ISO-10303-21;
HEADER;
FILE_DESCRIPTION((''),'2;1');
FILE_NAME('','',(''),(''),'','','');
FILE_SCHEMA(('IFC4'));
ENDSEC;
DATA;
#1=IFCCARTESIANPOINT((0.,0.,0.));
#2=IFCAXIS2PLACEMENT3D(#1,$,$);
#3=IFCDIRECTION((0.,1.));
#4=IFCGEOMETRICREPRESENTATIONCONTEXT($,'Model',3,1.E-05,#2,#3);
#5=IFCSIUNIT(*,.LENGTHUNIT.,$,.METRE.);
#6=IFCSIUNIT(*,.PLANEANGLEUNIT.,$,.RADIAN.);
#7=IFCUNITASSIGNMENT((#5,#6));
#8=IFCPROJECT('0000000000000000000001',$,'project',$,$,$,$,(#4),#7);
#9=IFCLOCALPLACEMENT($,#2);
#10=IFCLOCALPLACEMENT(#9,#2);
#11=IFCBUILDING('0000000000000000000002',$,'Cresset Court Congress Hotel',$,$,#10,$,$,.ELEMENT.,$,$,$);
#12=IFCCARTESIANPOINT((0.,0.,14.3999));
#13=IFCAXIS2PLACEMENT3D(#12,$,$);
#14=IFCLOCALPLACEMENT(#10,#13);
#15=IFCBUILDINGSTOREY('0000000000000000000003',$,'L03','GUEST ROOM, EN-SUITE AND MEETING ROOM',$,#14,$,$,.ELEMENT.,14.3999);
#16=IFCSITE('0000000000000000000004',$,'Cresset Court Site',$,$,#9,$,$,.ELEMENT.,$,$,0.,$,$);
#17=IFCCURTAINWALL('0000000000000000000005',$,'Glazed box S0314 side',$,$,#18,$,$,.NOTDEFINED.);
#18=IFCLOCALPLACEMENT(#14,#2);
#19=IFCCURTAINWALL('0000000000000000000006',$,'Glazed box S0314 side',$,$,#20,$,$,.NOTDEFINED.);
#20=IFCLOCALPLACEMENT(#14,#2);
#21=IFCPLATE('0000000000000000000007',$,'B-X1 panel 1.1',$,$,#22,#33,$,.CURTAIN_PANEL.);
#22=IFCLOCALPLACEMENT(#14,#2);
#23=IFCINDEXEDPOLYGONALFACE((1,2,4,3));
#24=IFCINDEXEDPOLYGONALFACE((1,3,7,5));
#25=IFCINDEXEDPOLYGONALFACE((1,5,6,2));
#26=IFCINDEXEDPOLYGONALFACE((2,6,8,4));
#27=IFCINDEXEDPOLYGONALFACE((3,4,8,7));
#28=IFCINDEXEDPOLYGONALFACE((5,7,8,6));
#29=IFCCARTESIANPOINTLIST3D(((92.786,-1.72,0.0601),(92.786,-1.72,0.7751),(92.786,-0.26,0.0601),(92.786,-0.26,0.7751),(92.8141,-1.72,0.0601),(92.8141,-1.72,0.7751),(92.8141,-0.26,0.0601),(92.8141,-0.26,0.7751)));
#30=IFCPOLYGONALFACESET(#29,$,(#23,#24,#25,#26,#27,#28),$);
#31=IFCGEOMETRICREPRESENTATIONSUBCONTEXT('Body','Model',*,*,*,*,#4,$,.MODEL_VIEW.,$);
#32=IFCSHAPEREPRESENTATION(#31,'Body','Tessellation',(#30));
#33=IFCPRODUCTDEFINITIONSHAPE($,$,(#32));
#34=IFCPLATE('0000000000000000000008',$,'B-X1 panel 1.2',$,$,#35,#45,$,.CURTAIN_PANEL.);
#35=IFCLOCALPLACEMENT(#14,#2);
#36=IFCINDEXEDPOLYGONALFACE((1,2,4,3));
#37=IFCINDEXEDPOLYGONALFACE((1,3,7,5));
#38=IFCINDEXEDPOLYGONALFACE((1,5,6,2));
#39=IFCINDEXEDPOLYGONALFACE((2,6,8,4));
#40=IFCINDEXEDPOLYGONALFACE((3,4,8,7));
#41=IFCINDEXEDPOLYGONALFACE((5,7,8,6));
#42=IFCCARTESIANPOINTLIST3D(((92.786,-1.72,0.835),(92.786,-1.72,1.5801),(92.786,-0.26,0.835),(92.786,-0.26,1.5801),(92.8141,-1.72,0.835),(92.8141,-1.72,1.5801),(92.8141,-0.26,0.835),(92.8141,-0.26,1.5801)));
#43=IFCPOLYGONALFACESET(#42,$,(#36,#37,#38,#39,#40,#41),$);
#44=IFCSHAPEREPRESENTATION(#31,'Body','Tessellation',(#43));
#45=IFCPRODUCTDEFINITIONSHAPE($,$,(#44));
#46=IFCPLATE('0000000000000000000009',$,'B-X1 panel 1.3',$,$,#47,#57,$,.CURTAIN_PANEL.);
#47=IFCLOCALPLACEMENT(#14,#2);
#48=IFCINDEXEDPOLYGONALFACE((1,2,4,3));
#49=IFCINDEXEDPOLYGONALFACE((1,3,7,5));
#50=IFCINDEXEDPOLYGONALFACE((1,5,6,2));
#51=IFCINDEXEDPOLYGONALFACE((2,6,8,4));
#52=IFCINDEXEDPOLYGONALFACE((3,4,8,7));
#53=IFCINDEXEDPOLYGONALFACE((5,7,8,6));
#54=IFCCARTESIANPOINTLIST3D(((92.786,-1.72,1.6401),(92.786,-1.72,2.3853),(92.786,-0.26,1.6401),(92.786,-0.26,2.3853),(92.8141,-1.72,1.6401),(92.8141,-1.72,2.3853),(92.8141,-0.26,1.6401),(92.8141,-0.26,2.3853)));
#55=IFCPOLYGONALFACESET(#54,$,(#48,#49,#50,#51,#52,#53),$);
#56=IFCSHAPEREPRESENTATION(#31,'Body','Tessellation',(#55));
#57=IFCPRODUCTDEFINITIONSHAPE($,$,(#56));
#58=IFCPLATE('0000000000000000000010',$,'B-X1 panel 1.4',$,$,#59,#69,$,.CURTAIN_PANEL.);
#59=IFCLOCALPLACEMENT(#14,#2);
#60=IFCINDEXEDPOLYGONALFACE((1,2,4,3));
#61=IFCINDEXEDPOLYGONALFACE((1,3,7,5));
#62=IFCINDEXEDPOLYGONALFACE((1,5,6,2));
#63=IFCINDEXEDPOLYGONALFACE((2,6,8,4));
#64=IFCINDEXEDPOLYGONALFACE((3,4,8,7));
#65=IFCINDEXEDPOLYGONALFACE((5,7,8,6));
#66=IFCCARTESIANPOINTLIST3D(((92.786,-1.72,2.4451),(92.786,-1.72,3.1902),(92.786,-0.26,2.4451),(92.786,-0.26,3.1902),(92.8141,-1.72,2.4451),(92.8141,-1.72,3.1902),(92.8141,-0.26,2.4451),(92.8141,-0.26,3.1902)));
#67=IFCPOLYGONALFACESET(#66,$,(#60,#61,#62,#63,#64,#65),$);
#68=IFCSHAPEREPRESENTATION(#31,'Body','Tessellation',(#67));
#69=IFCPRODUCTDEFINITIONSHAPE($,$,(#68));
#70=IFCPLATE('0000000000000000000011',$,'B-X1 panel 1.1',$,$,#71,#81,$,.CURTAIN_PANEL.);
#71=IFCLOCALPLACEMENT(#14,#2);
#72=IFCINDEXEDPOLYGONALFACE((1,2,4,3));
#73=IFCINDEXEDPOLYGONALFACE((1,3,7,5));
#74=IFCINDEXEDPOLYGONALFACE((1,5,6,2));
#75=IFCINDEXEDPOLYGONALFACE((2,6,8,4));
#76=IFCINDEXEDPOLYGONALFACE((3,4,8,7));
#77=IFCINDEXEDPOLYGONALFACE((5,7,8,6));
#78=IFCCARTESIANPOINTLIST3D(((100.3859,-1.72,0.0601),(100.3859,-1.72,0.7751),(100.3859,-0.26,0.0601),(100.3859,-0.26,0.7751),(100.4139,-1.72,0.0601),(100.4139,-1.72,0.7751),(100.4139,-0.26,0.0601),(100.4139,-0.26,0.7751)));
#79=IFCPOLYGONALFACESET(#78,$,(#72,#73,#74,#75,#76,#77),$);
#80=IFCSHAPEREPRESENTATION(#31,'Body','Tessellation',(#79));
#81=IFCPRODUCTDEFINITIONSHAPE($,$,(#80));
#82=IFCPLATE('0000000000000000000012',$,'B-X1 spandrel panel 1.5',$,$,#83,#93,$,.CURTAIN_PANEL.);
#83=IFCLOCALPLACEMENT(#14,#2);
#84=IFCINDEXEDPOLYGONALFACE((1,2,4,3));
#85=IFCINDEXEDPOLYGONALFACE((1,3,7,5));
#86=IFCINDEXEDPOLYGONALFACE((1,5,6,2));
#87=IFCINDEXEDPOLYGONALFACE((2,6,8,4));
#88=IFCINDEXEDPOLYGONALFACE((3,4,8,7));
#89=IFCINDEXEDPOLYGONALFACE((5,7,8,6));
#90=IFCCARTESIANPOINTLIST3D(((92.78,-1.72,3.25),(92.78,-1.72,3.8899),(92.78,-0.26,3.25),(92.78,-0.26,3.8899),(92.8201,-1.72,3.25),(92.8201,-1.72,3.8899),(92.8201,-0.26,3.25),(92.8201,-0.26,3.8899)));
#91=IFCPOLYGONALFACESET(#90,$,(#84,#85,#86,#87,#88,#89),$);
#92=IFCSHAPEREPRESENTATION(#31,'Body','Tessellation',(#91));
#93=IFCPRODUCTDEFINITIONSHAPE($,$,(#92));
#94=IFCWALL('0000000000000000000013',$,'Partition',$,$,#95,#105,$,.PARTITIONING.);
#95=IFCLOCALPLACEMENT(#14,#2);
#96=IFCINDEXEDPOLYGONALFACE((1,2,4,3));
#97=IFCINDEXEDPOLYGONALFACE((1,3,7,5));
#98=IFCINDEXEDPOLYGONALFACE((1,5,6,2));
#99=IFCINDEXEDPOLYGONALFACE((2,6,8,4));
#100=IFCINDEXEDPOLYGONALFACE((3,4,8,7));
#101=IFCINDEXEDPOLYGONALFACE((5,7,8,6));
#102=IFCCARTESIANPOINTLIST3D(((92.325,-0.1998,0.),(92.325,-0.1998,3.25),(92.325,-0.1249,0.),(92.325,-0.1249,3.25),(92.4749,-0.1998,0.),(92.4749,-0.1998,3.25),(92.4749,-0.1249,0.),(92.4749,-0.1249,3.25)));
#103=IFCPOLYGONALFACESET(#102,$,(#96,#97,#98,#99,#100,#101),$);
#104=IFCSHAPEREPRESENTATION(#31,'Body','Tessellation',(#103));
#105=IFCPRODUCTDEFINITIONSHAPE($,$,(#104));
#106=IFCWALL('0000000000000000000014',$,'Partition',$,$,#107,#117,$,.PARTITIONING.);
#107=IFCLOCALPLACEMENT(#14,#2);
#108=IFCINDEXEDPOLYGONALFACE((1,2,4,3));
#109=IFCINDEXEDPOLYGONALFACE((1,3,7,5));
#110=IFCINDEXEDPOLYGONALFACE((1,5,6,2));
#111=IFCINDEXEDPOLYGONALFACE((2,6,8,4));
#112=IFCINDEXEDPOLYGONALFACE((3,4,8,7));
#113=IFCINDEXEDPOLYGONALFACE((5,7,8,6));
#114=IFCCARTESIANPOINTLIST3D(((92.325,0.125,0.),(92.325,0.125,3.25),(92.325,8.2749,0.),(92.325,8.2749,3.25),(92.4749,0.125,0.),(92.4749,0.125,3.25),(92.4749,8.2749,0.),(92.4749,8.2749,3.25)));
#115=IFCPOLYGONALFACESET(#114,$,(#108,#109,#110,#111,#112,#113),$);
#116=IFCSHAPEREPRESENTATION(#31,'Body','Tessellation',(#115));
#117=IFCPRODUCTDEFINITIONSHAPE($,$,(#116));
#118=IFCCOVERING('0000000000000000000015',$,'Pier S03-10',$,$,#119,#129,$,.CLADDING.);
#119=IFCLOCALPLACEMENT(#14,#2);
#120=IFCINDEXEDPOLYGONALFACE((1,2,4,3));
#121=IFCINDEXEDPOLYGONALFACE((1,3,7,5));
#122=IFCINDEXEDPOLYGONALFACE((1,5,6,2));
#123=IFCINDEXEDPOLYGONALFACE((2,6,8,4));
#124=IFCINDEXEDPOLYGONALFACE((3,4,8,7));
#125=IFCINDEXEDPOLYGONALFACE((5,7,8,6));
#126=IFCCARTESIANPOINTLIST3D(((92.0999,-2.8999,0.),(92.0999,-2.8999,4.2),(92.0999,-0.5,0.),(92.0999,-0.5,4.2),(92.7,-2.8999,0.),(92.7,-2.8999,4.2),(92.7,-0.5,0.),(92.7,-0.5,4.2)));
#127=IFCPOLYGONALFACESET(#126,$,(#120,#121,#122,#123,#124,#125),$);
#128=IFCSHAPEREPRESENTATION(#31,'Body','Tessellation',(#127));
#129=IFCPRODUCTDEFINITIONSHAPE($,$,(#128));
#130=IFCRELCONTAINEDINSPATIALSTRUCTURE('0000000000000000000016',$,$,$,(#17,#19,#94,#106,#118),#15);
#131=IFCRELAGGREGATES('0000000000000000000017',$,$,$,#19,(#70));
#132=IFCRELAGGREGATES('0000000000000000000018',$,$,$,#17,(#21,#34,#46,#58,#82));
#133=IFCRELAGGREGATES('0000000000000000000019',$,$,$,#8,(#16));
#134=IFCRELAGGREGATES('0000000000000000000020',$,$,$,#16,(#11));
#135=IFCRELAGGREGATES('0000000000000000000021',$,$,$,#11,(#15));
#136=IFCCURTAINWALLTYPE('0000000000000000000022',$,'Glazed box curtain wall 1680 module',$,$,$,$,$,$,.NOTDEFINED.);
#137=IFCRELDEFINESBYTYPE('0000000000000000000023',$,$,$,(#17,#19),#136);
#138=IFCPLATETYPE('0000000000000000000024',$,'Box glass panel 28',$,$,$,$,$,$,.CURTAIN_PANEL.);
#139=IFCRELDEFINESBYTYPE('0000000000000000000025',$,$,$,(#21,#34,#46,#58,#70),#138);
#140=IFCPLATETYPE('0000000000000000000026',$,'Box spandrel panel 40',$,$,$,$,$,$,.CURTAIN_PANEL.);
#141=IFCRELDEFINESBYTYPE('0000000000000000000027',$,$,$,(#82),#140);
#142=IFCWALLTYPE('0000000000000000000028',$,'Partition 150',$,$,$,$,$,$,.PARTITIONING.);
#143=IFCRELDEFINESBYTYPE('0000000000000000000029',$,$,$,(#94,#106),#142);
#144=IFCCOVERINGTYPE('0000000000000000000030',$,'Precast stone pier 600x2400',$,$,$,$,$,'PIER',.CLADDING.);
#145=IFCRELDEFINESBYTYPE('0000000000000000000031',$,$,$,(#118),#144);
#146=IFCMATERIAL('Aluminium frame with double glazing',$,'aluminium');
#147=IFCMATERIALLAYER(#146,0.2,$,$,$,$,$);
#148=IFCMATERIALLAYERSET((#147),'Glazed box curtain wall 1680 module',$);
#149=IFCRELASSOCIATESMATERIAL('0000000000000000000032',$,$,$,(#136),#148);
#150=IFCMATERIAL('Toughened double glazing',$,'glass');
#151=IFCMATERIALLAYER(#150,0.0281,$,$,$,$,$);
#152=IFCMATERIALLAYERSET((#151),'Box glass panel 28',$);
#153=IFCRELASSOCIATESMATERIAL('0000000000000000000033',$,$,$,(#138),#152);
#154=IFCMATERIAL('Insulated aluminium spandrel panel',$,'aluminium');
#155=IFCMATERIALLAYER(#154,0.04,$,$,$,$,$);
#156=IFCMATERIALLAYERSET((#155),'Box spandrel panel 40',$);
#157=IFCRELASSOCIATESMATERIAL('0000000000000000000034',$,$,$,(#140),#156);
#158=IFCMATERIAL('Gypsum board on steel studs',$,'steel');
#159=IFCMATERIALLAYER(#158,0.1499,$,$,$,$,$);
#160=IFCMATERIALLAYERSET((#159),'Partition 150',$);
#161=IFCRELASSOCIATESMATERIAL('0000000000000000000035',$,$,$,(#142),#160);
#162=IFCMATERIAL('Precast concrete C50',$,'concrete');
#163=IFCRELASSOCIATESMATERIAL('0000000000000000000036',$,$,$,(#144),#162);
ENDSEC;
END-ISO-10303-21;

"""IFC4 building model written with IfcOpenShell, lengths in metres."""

from ifc_helpers import new_model, si_unit, direction, frame, frame_2d, origin, origin_2d, place, context, subcontext, project, spatial, rectangle, extrude, material, layer, layer_set, type_object, element, aggregate, save


model = new_model("IFC4")

# Units and contexts
model_context = context("Model", 3, precision=1e-05, world=origin(), true_north=direction((0.0, 1.0)))
body_context = subcontext(model_context, "Body", "Model", "MODEL_VIEW")
ifc_project = project(units=[si_unit("LENGTHUNIT", "METRE"), si_unit("PLANEANGLEUNIT", "RADIAN")], contexts=[model_context])

# Site, building, storey
site_placement = place(None, origin())
site = spatial("IfcSite", under=ifc_project, at=site_placement, Name="Cresset Court Site", CompositionType="ELEMENT", RefElevation=0.0)
building_placement = place(site_placement, origin())
building = spatial("IfcBuilding", under=site, at=building_placement, Name="Cresset Court Congress Hotel", CompositionType="ELEMENT")
storey_placement = place(building_placement, frame((0.0, 0.0, 14.3999)))
storey = spatial("IfcBuildingStorey", under=building, at=storey_placement, Name="L03", Description="GUEST ROOM, EN-SUITE AND MEETING ROOM", CompositionType="ELEMENT", Elevation=14.3999)

# Curtain wall
ifc_material_1 = material(Name="Aluminium frame with double glazing", Category="aluminium")
ifc_layer_1 = layer(ifc_material_1, 0.2)
ifc_layer_set_1 = layer_set([ifc_layer_1], Name="Glazed box curtain wall 1680 module")
curtain_wall_type = type_object("IfcCurtainWallType", Name="Glazed box curtain wall 1680 module", PredefinedType="NOTDEFINED", material=ifc_layer_set_1)
curtain_wall_1_placement = place(storey_placement, origin())
curtain_wall_1 = element("IfcCurtainWall", 1, at=curtain_wall_1_placement, inside=storey, type_object=curtain_wall_type, Name="Glazed box S0314 side", PredefinedType="NOTDEFINED")

# Curtain wall
curtain_wall_2_placement = place(storey_placement, origin())
curtain_wall_2 = element("IfcCurtainWall", 2, at=curtain_wall_2_placement, inside=storey, type_object=curtain_wall_type, Name="Glazed box S0314 side", PredefinedType="NOTDEFINED")

# Plates
ifc_material_2 = material(Name="Toughened double glazing", Category="glass")
ifc_layer_2 = layer(ifc_material_2, 0.0281)
ifc_layer_set_2 = layer_set([ifc_layer_2], Name="Box glass panel 28")
plate_type_1 = type_object("IfcPlateType", Name="Box glass panel 28", PredefinedType="CURTAIN_PANEL", material=ifc_layer_set_2)
plate_1_placement = place(storey_placement, frame((92.8, -0.99, 0.0601), z_axis=(0.0, 0.0, 1.0), x_axis=(0.0, -1.0, 0.0)))
plate_1 = element("IfcPlate", 3, at=plate_1_placement, type_object=plate_type_1, Name="B-X1 panel 1.1", PredefinedType="CURTAIN_PANEL", context=body_context, shape_type="SweptSolid", body=[
    extrude(rectangle(XDim=1.46, YDim=0.0281, at=origin_2d()), origin(), (0.0, 0.0, 1.0), 0.7151),
])
plate_2_placement = place(storey_placement, frame((92.8, -0.99, 0.835), z_axis=(0.0, 0.0, 1.0), x_axis=(0.0, -1.0, 0.0)))
plate_2 = element("IfcPlate", 4, at=plate_2_placement, type_object=plate_type_1, Name="B-X1 panel 1.2", PredefinedType="CURTAIN_PANEL", context=body_context, shape_type="SweptSolid", body=[
    extrude(rectangle(XDim=1.46, YDim=0.0281, at=origin_2d()), origin(), (0.0, 0.0, 1.0), 0.7451),
])
plate_3_placement = place(storey_placement, frame((92.8, -0.99, 1.6401), z_axis=(0.0, 0.0, 1.0), x_axis=(0.0, -1.0, 0.0)))
plate_3 = element("IfcPlate", 5, at=plate_3_placement, type_object=plate_type_1, Name="B-X1 panel 1.3", PredefinedType="CURTAIN_PANEL", context=body_context, shape_type="SweptSolid", body=[
    extrude(rectangle(XDim=1.46, YDim=0.0281, at=origin_2d()), origin(), (0.0, 0.0, 1.0), 0.7451),
])
plate_4_placement = place(storey_placement, frame((92.8, -0.99, 2.4451), z_axis=(0.0, 0.0, 1.0), x_axis=(0.0, -1.0, 0.0)))
plate_4 = element("IfcPlate", 6, at=plate_4_placement, type_object=plate_type_1, Name="B-X1 panel 1.4", PredefinedType="CURTAIN_PANEL", context=body_context, shape_type="SweptSolid", body=[
    extrude(rectangle(XDim=1.46, YDim=0.0281, at=origin_2d()), origin(), (0.0, 0.0, 1.0), 0.7451),
])
plate_5_placement = place(storey_placement, frame((100.3999, -0.99, 0.0601), z_axis=(0.0, 0.0, 1.0), x_axis=(0.0, -1.0, 0.0)))
plate_5 = element("IfcPlate", 7, at=plate_5_placement, type_object=plate_type_1, Name="B-X1 panel 1.1", PredefinedType="CURTAIN_PANEL", context=body_context, shape_type="SweptSolid", body=[
    extrude(rectangle(XDim=1.46, YDim=0.0281, at=origin_2d()), origin(), (0.0, 0.0, 1.0), 0.7151),
])
aggregate(curtain_wall_2, [plate_5])
ifc_material_3 = material(Name="Insulated aluminium spandrel panel", Category="aluminium")
ifc_layer_3 = layer(ifc_material_3, 0.04)
ifc_layer_set_3 = layer_set([ifc_layer_3], Name="Box spandrel panel 40")
plate_type_2 = type_object("IfcPlateType", Name="Box spandrel panel 40", PredefinedType="CURTAIN_PANEL", material=ifc_layer_set_3)
plate_6_placement = place(storey_placement, frame((92.8, -0.99, 3.25), z_axis=(0.0, 0.0, 1.0), x_axis=(0.0, -1.0, 0.0)))
plate_6 = element("IfcPlate", 8, at=plate_6_placement, type_object=plate_type_2, Name="B-X1 spandrel panel 1.5", PredefinedType="CURTAIN_PANEL", context=body_context, shape_type="SweptSolid", body=[
    extrude(rectangle(XDim=1.46, YDim=0.04, at=origin_2d()), origin(), (0.0, 0.0, 1.0), 0.6399),
])
aggregate(curtain_wall_1, [plate_1, plate_2, plate_3, plate_4, plate_6])

# Walls
ifc_material_4 = material(Name="Gypsum board on steel studs", Category="steel")
ifc_layer_4 = layer(ifc_material_4, 0.1499)
ifc_layer_set_4 = layer_set([ifc_layer_4], Name="Partition 150")
wall_type = type_object("IfcWallType", Name="Partition 150", PredefinedType="PARTITIONING", material=ifc_layer_set_4)
wall_1_placement = place(storey_placement, frame((92.3999, -0.2, 0.0), z_axis=(0.0, 0.0, 1.0), x_axis=(0.0, 1.0, 0.0)))
element("IfcWall", 9, at=wall_1_placement, inside=storey, type_object=wall_type, Name="Partition", PredefinedType="PARTITIONING", context=body_context, shape_type="SweptSolid", body=[
    extrude(rectangle(XDim=0.075, YDim=0.1499, at=frame_2d((0.0376, 0.0))), origin(), (0.0, 0.0, 1.0), 3.25),
])
wall_2_placement = place(storey_placement, frame((92.3999, 0.125, 0.0), z_axis=(0.0, 0.0, 1.0), x_axis=(0.0, 1.0, 0.0)))
element("IfcWall", 10, at=wall_2_placement, inside=storey, type_object=wall_type, Name="Partition", PredefinedType="PARTITIONING", context=body_context, shape_type="SweptSolid", body=[
    extrude(rectangle(XDim=8.1499, YDim=0.1499, at=frame_2d((4.075, 0.0))), origin(), (0.0, 0.0, 1.0), 3.25),
])

# Covering
ifc_material_5 = material(Name="Precast concrete C50", Category="concrete")
covering_type = type_object("IfcCoveringType", Name="Precast stone pier 600x2400", ElementType="PIER", PredefinedType="CLADDING", material=ifc_material_5)
covering_placement = place(storey_placement, frame((92.3999, -1.7, 0.0), z_axis=(0.0, 0.0, 1.0), x_axis=(1.0, 0.0, 0.0)))
element("IfcCovering", 11, at=covering_placement, inside=storey, type_object=covering_type, Name="Pier S03-10", PredefinedType="CLADDING", context=body_context, shape_type="SweptSolid", body=[
    extrude(rectangle(XDim=0.6001, YDim=2.3999, at=origin_2d()), origin(), (0.0, 0.0, 1.0), 4.2),
])

save(model, "model.ifc")
